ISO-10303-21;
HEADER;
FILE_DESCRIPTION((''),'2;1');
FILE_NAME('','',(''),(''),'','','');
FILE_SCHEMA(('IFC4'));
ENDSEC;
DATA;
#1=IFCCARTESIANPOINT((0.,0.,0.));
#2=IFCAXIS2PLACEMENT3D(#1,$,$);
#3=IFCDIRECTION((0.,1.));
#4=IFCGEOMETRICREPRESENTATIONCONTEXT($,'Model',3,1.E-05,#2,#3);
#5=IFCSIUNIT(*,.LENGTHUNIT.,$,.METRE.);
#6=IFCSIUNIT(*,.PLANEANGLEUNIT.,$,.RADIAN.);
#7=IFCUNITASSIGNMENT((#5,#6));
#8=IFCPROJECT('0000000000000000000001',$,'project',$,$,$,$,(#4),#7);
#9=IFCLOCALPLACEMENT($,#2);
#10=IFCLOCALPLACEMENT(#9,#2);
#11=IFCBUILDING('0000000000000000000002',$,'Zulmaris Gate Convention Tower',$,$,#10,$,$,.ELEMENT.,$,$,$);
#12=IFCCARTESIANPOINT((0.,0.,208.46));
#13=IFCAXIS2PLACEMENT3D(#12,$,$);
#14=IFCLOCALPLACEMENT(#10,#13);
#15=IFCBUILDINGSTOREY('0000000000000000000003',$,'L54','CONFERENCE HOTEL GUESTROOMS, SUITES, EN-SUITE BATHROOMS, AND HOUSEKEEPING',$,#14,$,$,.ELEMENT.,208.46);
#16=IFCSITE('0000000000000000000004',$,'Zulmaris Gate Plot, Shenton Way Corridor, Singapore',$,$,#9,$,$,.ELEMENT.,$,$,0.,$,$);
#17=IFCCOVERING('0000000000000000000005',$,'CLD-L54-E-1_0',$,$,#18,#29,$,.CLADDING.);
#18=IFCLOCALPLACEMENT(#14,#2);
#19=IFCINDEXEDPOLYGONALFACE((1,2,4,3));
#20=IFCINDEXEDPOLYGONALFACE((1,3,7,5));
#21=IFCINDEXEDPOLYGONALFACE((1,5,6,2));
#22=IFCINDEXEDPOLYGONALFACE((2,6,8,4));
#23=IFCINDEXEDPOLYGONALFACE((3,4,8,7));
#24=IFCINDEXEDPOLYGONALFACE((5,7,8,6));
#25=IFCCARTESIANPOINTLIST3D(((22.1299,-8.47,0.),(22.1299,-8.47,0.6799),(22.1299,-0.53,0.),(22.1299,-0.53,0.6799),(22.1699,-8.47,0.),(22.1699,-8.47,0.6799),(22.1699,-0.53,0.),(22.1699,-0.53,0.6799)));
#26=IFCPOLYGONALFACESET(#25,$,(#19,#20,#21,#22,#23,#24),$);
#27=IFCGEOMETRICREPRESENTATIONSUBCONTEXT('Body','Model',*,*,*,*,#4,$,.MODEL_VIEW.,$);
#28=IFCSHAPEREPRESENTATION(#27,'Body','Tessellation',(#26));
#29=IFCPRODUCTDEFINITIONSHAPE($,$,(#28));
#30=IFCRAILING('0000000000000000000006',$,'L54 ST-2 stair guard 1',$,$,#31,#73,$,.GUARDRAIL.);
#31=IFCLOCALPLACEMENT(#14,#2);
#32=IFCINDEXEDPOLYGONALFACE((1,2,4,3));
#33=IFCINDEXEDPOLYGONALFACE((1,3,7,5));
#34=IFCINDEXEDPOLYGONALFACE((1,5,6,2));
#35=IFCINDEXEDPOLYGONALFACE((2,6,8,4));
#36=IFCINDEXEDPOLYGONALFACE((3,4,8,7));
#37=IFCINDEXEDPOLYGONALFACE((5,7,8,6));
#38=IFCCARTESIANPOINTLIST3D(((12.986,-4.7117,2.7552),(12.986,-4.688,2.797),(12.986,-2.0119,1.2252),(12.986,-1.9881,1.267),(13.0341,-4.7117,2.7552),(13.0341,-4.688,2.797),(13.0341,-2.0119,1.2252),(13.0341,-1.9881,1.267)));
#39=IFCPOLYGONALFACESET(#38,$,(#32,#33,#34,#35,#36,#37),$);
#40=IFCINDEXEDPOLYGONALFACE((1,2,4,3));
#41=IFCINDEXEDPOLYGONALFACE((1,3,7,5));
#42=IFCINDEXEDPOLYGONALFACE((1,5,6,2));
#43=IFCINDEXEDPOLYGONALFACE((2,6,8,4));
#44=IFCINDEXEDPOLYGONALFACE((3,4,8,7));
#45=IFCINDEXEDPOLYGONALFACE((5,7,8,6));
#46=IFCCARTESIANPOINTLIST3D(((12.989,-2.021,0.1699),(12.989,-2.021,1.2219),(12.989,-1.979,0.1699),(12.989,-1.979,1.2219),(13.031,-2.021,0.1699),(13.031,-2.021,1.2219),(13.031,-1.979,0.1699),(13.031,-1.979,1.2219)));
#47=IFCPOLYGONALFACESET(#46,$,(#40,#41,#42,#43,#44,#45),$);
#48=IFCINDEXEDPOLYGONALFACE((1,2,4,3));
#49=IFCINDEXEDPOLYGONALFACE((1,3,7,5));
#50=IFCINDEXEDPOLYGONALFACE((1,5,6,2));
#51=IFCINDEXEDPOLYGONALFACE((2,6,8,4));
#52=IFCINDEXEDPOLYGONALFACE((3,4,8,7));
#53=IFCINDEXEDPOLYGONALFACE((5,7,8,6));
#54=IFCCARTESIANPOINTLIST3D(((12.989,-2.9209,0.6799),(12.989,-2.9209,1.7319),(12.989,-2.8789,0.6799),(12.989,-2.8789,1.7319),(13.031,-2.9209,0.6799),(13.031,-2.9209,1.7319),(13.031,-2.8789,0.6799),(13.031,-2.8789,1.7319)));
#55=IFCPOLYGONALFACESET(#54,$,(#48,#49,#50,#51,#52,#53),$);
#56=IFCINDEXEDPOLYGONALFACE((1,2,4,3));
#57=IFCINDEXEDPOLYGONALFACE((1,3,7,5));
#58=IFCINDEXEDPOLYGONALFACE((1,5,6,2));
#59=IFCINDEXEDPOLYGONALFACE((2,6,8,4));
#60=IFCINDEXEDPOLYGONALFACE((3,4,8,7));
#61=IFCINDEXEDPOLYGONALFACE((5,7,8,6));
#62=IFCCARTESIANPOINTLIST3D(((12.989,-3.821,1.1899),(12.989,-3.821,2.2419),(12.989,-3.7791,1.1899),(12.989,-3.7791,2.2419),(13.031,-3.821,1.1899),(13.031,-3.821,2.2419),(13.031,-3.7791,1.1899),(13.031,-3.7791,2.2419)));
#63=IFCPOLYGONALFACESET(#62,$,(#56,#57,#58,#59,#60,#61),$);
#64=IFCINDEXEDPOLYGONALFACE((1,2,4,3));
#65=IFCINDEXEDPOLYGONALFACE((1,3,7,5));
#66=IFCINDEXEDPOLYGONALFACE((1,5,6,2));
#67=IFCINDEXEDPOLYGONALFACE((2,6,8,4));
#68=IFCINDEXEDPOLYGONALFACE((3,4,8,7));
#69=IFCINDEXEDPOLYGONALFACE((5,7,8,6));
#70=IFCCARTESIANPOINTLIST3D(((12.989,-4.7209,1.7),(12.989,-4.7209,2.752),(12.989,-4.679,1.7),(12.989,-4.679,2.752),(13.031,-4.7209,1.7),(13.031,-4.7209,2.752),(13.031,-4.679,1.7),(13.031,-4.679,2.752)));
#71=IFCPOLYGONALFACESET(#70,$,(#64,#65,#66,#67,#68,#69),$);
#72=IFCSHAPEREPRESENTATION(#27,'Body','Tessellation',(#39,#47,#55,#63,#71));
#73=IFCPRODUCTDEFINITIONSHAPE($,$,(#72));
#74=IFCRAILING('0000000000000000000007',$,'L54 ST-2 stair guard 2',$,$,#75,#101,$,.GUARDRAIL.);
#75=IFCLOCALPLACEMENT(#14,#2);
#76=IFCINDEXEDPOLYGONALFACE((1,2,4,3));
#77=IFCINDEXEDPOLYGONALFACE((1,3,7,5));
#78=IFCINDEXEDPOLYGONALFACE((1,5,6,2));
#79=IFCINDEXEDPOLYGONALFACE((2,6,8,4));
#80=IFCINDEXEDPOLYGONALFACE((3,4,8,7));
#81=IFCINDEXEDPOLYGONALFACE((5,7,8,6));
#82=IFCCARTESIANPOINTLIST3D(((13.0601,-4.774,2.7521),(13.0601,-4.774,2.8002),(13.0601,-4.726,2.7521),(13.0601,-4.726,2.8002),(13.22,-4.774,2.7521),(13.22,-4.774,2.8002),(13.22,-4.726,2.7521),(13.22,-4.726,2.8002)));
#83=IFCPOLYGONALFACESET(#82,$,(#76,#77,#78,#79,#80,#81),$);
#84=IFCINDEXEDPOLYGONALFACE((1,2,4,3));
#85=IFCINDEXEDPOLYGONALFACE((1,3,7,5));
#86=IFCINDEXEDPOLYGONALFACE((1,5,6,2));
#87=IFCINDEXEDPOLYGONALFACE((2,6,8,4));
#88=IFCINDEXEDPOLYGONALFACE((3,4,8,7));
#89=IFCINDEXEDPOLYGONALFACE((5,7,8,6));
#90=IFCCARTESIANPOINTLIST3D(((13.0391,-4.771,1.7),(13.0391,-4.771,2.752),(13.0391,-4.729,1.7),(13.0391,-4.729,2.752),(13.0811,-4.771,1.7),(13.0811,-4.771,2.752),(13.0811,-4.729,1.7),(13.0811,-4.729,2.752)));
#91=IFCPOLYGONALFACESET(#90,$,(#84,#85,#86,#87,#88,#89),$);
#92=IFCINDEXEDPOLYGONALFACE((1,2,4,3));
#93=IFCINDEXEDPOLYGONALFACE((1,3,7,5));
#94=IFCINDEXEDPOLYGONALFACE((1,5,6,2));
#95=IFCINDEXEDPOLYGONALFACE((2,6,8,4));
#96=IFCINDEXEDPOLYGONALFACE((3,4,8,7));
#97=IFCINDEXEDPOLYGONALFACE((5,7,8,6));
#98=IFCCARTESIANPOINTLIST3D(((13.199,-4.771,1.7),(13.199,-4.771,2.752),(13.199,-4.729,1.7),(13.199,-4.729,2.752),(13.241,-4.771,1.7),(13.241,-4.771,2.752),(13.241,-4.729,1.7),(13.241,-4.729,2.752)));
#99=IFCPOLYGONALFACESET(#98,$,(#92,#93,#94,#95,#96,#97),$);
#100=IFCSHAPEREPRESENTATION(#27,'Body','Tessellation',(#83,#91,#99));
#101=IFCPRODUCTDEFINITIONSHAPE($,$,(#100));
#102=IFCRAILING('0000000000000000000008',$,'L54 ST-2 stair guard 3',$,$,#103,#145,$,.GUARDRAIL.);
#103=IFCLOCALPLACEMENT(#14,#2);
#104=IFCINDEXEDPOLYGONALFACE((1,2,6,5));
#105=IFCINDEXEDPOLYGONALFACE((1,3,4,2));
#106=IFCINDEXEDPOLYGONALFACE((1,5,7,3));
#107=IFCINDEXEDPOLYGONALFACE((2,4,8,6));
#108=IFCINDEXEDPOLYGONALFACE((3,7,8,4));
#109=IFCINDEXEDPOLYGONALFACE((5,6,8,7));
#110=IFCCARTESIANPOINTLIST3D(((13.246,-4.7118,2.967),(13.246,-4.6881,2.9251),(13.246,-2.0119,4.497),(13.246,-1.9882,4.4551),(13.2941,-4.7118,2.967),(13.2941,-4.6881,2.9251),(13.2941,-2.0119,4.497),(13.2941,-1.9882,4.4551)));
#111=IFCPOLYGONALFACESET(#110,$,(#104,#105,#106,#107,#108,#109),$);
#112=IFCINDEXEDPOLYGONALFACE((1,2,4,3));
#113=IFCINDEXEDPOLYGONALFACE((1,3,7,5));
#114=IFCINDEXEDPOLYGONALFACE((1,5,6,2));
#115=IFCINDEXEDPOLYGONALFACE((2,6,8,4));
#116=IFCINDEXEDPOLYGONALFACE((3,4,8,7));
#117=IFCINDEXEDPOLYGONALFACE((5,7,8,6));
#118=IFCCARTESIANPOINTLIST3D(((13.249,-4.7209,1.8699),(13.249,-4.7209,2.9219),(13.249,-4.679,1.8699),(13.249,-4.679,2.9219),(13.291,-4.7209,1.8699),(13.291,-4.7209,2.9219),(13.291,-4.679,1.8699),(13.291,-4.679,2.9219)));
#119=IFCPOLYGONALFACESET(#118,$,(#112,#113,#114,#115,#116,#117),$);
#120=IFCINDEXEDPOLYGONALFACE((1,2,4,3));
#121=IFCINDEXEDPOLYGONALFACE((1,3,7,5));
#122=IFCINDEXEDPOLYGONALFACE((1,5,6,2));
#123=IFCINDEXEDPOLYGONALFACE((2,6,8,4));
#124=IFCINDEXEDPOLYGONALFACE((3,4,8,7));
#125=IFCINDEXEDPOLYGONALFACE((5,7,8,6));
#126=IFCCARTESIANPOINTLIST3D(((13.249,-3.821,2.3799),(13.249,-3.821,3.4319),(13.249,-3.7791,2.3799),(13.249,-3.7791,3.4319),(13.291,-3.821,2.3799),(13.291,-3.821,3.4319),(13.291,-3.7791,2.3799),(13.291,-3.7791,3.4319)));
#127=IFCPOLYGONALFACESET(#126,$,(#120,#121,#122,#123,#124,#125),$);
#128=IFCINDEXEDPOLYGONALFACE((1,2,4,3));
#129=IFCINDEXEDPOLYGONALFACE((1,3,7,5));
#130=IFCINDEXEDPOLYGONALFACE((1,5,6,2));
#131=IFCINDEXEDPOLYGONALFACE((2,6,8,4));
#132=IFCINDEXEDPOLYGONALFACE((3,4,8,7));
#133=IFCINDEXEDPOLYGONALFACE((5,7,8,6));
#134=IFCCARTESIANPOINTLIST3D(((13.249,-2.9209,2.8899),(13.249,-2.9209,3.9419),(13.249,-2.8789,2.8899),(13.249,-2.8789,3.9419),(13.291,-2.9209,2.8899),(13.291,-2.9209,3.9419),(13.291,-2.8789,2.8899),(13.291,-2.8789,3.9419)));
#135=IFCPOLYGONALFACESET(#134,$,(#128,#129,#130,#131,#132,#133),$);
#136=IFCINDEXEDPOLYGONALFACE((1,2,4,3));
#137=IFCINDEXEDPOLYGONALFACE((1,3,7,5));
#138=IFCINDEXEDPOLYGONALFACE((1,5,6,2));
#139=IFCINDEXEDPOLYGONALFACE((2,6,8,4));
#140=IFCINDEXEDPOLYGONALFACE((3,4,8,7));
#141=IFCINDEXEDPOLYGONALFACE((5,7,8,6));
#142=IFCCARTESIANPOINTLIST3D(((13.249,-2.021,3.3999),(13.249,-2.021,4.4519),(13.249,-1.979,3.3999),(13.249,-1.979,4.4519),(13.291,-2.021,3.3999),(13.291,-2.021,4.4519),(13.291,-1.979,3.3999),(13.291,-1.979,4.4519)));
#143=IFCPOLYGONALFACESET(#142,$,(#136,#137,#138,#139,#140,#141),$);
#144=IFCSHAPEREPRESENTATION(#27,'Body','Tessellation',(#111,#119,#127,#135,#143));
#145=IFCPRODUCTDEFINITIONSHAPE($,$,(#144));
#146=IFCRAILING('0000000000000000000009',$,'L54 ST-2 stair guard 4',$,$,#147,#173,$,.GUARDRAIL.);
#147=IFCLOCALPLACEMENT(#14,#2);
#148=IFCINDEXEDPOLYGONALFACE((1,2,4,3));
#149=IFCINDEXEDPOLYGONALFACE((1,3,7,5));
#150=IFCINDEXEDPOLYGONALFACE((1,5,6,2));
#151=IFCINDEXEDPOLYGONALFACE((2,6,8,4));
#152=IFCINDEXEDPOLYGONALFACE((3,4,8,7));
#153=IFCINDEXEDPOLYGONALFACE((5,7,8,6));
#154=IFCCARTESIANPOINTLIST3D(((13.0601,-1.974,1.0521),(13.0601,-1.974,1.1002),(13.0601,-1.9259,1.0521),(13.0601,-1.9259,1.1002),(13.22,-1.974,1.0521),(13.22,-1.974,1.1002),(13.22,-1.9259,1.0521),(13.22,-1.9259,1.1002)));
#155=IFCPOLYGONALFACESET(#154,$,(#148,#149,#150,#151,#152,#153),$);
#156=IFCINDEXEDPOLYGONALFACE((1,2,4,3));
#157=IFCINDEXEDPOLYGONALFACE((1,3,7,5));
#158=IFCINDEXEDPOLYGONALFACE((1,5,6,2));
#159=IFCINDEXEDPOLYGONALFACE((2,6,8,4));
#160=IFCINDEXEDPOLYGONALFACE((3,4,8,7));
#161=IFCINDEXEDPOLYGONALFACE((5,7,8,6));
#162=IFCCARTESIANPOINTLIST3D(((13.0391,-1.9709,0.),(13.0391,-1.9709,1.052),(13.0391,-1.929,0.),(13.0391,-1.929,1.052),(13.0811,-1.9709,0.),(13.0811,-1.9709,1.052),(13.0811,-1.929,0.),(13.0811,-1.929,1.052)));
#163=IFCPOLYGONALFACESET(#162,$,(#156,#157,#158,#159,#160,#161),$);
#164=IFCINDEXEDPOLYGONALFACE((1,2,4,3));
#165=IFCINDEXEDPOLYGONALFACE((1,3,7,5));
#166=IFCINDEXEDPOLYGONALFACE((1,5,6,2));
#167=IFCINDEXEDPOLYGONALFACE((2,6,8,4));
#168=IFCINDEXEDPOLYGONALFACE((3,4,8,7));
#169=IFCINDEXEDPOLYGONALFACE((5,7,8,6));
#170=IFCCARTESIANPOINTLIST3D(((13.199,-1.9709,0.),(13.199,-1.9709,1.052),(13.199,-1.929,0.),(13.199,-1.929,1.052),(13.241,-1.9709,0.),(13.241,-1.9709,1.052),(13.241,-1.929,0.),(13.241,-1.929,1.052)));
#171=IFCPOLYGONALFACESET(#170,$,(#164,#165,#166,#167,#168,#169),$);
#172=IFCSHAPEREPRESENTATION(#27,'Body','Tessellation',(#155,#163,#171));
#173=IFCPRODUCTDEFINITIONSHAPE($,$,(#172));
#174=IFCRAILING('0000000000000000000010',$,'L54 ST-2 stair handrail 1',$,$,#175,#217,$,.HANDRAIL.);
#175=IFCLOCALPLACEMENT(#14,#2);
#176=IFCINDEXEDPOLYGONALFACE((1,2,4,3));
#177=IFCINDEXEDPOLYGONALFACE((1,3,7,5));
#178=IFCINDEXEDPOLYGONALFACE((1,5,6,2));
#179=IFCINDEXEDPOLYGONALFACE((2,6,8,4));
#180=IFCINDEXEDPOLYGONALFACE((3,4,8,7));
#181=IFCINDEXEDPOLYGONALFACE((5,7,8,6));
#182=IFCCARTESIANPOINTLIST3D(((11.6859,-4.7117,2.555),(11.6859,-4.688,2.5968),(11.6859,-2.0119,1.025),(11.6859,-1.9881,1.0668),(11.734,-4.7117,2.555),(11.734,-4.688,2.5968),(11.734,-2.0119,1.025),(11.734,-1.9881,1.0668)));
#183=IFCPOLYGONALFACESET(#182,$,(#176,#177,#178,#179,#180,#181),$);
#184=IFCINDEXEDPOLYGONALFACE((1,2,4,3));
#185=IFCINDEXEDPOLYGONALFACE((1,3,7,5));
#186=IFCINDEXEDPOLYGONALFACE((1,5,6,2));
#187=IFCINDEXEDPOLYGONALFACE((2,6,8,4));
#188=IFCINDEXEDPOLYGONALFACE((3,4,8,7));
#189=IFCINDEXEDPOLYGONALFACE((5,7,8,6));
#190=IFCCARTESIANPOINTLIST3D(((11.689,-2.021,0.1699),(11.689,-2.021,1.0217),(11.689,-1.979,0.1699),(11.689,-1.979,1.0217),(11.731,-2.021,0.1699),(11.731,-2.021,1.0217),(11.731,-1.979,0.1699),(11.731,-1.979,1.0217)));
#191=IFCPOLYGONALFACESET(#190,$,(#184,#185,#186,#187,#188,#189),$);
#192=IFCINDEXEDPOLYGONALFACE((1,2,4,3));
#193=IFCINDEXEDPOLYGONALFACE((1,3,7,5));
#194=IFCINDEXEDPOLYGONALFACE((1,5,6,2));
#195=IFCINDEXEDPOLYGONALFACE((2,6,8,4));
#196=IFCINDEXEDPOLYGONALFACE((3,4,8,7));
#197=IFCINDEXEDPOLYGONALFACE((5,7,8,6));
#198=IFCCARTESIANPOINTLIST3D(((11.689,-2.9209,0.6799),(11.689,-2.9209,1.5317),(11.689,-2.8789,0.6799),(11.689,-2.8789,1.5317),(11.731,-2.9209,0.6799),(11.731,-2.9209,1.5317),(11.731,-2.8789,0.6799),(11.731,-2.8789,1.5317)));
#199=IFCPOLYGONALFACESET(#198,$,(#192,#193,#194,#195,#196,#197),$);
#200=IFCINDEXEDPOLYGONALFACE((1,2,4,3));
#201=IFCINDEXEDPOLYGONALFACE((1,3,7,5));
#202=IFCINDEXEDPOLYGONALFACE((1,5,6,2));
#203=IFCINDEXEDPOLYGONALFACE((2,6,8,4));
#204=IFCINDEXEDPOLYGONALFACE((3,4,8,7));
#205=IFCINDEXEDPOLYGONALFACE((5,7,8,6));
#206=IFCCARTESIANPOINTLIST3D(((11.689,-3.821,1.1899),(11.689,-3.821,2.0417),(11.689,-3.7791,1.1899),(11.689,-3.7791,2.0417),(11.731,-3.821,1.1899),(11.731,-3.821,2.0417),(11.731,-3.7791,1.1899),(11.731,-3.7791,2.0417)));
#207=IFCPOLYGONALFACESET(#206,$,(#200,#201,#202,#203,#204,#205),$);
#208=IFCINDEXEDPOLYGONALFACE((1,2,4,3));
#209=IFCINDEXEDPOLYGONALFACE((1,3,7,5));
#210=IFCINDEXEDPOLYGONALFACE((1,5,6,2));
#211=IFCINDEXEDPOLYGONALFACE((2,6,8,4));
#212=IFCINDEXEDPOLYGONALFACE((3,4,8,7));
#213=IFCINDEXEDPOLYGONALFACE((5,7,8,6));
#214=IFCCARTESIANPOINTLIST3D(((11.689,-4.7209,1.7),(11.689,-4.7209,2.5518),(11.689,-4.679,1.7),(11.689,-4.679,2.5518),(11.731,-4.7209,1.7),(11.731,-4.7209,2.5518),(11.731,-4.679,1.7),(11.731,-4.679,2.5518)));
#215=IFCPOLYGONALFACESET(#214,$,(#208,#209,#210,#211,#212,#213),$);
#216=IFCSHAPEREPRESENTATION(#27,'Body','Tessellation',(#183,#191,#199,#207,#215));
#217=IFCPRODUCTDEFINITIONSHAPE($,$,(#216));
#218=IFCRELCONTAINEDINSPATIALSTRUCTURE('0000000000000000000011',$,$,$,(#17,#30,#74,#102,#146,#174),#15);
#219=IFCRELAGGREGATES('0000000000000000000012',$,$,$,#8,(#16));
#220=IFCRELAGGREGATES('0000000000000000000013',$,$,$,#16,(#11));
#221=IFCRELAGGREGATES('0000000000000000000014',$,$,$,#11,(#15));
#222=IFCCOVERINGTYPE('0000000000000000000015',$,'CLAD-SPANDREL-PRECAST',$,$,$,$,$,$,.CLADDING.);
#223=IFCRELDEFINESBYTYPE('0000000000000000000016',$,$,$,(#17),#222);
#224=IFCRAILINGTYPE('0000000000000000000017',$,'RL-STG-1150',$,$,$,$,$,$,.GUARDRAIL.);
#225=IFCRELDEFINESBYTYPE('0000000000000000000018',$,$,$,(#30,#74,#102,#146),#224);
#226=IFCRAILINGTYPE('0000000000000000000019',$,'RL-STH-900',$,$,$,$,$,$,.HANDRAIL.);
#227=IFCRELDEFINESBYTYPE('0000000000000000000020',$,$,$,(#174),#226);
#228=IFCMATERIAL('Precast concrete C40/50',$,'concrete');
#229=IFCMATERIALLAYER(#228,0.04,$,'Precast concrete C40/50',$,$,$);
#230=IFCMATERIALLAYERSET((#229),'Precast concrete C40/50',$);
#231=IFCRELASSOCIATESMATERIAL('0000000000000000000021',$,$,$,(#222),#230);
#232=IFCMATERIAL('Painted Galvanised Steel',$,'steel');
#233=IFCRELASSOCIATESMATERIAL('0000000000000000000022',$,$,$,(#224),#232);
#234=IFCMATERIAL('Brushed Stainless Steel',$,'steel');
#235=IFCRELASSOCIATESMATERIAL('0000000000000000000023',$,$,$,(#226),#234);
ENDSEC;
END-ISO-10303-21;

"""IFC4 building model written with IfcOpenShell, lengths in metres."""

from ifc_helpers import new_model, si_unit, direction, frame, frame_2d, origin, origin_2d, place, context, subcontext, project, spatial, rectangle, extrude, material, layer, layer_set, type_object, element, save


model = new_model("IFC4")

# Units and contexts
model_context = context("Model", 3, precision=1e-05, world=origin(), true_north=direction((0.0, 1.0)))
body_context = subcontext(model_context, "Body", "Model", "MODEL_VIEW")
ifc_project = project(units=[si_unit("LENGTHUNIT", "METRE"), si_unit("PLANEANGLEUNIT", "RADIAN")], contexts=[model_context])

# Site, building, storey
site_placement = place(None, origin())
site = spatial("IfcSite", under=ifc_project, at=site_placement, Name="Zulmaris Gate Plot, Shenton Way Corridor, Singapore", CompositionType="ELEMENT", RefElevation=0.0)
building_placement = place(site_placement, origin())
building = spatial("IfcBuilding", under=site, at=building_placement, Name="Zulmaris Gate Convention Tower", CompositionType="ELEMENT")
storey_placement = place(building_placement, frame((0.0, 0.0, 208.46)))
storey = spatial("IfcBuildingStorey", under=building, at=storey_placement, Name="L54", Description="CONFERENCE HOTEL GUESTROOMS, SUITES, EN-SUITE BATHROOMS, AND HOUSEKEEPING", CompositionType="ELEMENT", Elevation=208.46)

# Shared definitions
ifc_material_1 = material(Name="Precast concrete C40/50", Category="concrete")

# Covering
ifc_layer_1 = layer(ifc_material_1, 0.04, Name="Precast concrete C40/50")
ifc_layer_set_1 = layer_set([ifc_layer_1], Name="Precast concrete C40/50")
covering_type = type_object("IfcCoveringType", Name="CLAD-SPANDREL-PRECAST", PredefinedType="CLADDING", material=ifc_layer_set_1)
covering_placement = place(storey_placement, frame((22.1499, -8.47, 0.0), z_axis=(0.0, 0.0, 1.0), x_axis=(0.0, 1.0, 0.0)))
element("IfcCovering", 1, at=covering_placement, inside=storey, type_object=covering_type, Name="CLD-L54-E-1_0", PredefinedType="CLADDING", context=body_context, shape_type="SweptSolid", body=[
    extrude(rectangle(XDim=7.9399, YDim=0.04, at=frame_2d((3.97, 0.0))), origin(), (0.0, 0.0, 1.0), 0.6799),
])

# Railings
ifc_material_2 = material(Name="Painted Galvanised Steel", Category="steel")
railing_type_1 = type_object("IfcRailingType", Name="RL-STG-1150", PredefinedType="GUARDRAIL", material=ifc_material_2)
railing_1_placement = place(storey_placement, frame((13.01, -2.0, 0.1699)))
element("IfcRailing", 2, at=railing_1_placement, inside=storey, type_object=railing_type_1, Name="L54 ST-2 stair guard 1", PredefinedType="GUARDRAIL", context=body_context, shape_type="SweptSolid", body=[
    extrude(rectangle(XDim=0.0481, YDim=0.0481, at=origin_2d()), frame((0.0, 0.0, 1.0762), z_axis=(0.0, -0.870014, 0.493026), x_axis=(1.0, 0.0, 0.0)), (0.0, 0.0, 1.0), 3.1033),
    extrude(rectangle(XDim=0.042, YDim=0.042, at=origin_2d()), origin(), (0.0, 0.0, 1.0), 1.052),
    extrude(rectangle(XDim=0.042, YDim=0.042, at=origin_2d()), frame((0.0, -0.8999, 0.51)), (0.0, 0.0, 1.0), 1.052),
    extrude(rectangle(XDim=0.042, YDim=0.042, at=origin_2d()), frame((0.0, -1.8, 1.02)), (0.0, 0.0, 1.0), 1.052),
    extrude(rectangle(XDim=0.042, YDim=0.042, at=origin_2d()), frame((0.0, -2.7, 1.53)), (0.0, 0.0, 1.0), 1.052),
])
railing_2_placement = place(storey_placement, frame((13.0601, -4.75, 1.7)))
element("IfcRailing", 3, at=railing_2_placement, inside=storey, type_object=railing_type_1, Name="L54 ST-2 stair guard 2", PredefinedType="GUARDRAIL", context=body_context, shape_type="SweptSolid", body=[
    extrude(rectangle(XDim=0.0481, YDim=0.0481, at=origin_2d()), frame((0.0, 0.0, 1.0762), z_axis=(1.0, 0.0, 0.0), x_axis=(0.0, 1.0, 0.0)), (0.0, 0.0, 1.0), 0.1599),
    extrude(rectangle(XDim=0.042, YDim=0.042, at=origin_2d()), origin(), (0.0, 0.0, 1.0), 1.052),
    extrude(rectangle(XDim=0.042, YDim=0.042, at=origin_2d()), frame((0.1599, 0.0, 0.0)), (0.0, 0.0, 1.0), 1.052),
])
railing_3_placement = place(storey_placement, frame((13.27, -4.7, 1.8699)))
element("IfcRailing", 4, at=railing_3_placement, inside=storey, type_object=railing_type_1, Name="L54 ST-2 stair guard 3", PredefinedType="GUARDRAIL", context=body_context, shape_type="SweptSolid", body=[
    extrude(rectangle(XDim=0.0481, YDim=0.0481, at=origin_2d()), frame((0.0, 0.0, 1.0762), z_axis=(0.0, 0.870014, 0.493026), x_axis=(-1.0, 0.0, 0.0)), (0.0, 0.0, 1.0), 3.1033),
    extrude(rectangle(XDim=0.042, YDim=0.042, at=origin_2d()), origin(), (0.0, 0.0, 1.0), 1.052),
    extrude(rectangle(XDim=0.042, YDim=0.042, at=origin_2d()), frame((0.0, 0.8999, 0.51)), (0.0, 0.0, 1.0), 1.052),
    extrude(rectangle(XDim=0.042, YDim=0.042, at=origin_2d()), frame((0.0, 1.8, 1.02)), (0.0, 0.0, 1.0), 1.052),
    extrude(rectangle(XDim=0.042, YDim=0.042, at=origin_2d()), frame((0.0, 2.7, 1.53)), (0.0, 0.0, 1.0), 1.052),
])
railing_4_placement = place(storey_placement, frame((13.0601, -1.95, 0.0)))
element("IfcRailing", 5, at=railing_4_placement, inside=storey, type_object=railing_type_1, Name="L54 ST-2 stair guard 4", PredefinedType="GUARDRAIL", context=body_context, shape_type="SweptSolid", body=[
    extrude(rectangle(XDim=0.0481, YDim=0.0481, at=origin_2d()), frame((0.0, 0.0, 1.0762), z_axis=(1.0, 0.0, 0.0), x_axis=(0.0, 1.0, 0.0)), (0.0, 0.0, 1.0), 0.1599),
    extrude(rectangle(XDim=0.042, YDim=0.042, at=origin_2d()), origin(), (0.0, 0.0, 1.0), 1.052),
    extrude(rectangle(XDim=0.042, YDim=0.042, at=origin_2d()), frame((0.1599, 0.0, 0.0)), (0.0, 0.0, 1.0), 1.052),
])
ifc_material_3 = material(Name="Brushed Stainless Steel", Category="steel")
railing_type_2 = type_object("IfcRailingType", Name="RL-STH-900", PredefinedType="HANDRAIL", material=ifc_material_3)
railing_5_placement = place(storey_placement, frame((11.71, -2.0, 0.1699)))
element("IfcRailing", 6, at=railing_5_placement, inside=storey, type_object=railing_type_2, Name="L54 ST-2 stair handrail 1", PredefinedType="HANDRAIL", context=body_context, shape_type="SweptSolid", body=[
    extrude(rectangle(XDim=0.0481, YDim=0.0481, at=origin_2d()), frame((0.0, 0.0, 0.876), z_axis=(0.0, -0.870014, 0.493026), x_axis=(1.0, 0.0, 0.0)), (0.0, 0.0, 1.0), 3.1033),
    extrude(rectangle(XDim=0.042, YDim=0.042, at=origin_2d()), origin(), (0.0, 0.0, 1.0), 0.8518),
    extrude(rectangle(XDim=0.042, YDim=0.042, at=origin_2d()), frame((0.0, -0.8999, 0.51)), (0.0, 0.0, 1.0), 0.8518),
    extrude(rectangle(XDim=0.042, YDim=0.042, at=origin_2d()), frame((0.0, -1.8, 1.02)), (0.0, 0.0, 1.0), 0.8518),
    extrude(rectangle(XDim=0.042, YDim=0.042, at=origin_2d()), frame((0.0, -2.7, 1.53)), (0.0, 0.0, 1.0), 0.8518),
])

save(model, "model.ifc")
